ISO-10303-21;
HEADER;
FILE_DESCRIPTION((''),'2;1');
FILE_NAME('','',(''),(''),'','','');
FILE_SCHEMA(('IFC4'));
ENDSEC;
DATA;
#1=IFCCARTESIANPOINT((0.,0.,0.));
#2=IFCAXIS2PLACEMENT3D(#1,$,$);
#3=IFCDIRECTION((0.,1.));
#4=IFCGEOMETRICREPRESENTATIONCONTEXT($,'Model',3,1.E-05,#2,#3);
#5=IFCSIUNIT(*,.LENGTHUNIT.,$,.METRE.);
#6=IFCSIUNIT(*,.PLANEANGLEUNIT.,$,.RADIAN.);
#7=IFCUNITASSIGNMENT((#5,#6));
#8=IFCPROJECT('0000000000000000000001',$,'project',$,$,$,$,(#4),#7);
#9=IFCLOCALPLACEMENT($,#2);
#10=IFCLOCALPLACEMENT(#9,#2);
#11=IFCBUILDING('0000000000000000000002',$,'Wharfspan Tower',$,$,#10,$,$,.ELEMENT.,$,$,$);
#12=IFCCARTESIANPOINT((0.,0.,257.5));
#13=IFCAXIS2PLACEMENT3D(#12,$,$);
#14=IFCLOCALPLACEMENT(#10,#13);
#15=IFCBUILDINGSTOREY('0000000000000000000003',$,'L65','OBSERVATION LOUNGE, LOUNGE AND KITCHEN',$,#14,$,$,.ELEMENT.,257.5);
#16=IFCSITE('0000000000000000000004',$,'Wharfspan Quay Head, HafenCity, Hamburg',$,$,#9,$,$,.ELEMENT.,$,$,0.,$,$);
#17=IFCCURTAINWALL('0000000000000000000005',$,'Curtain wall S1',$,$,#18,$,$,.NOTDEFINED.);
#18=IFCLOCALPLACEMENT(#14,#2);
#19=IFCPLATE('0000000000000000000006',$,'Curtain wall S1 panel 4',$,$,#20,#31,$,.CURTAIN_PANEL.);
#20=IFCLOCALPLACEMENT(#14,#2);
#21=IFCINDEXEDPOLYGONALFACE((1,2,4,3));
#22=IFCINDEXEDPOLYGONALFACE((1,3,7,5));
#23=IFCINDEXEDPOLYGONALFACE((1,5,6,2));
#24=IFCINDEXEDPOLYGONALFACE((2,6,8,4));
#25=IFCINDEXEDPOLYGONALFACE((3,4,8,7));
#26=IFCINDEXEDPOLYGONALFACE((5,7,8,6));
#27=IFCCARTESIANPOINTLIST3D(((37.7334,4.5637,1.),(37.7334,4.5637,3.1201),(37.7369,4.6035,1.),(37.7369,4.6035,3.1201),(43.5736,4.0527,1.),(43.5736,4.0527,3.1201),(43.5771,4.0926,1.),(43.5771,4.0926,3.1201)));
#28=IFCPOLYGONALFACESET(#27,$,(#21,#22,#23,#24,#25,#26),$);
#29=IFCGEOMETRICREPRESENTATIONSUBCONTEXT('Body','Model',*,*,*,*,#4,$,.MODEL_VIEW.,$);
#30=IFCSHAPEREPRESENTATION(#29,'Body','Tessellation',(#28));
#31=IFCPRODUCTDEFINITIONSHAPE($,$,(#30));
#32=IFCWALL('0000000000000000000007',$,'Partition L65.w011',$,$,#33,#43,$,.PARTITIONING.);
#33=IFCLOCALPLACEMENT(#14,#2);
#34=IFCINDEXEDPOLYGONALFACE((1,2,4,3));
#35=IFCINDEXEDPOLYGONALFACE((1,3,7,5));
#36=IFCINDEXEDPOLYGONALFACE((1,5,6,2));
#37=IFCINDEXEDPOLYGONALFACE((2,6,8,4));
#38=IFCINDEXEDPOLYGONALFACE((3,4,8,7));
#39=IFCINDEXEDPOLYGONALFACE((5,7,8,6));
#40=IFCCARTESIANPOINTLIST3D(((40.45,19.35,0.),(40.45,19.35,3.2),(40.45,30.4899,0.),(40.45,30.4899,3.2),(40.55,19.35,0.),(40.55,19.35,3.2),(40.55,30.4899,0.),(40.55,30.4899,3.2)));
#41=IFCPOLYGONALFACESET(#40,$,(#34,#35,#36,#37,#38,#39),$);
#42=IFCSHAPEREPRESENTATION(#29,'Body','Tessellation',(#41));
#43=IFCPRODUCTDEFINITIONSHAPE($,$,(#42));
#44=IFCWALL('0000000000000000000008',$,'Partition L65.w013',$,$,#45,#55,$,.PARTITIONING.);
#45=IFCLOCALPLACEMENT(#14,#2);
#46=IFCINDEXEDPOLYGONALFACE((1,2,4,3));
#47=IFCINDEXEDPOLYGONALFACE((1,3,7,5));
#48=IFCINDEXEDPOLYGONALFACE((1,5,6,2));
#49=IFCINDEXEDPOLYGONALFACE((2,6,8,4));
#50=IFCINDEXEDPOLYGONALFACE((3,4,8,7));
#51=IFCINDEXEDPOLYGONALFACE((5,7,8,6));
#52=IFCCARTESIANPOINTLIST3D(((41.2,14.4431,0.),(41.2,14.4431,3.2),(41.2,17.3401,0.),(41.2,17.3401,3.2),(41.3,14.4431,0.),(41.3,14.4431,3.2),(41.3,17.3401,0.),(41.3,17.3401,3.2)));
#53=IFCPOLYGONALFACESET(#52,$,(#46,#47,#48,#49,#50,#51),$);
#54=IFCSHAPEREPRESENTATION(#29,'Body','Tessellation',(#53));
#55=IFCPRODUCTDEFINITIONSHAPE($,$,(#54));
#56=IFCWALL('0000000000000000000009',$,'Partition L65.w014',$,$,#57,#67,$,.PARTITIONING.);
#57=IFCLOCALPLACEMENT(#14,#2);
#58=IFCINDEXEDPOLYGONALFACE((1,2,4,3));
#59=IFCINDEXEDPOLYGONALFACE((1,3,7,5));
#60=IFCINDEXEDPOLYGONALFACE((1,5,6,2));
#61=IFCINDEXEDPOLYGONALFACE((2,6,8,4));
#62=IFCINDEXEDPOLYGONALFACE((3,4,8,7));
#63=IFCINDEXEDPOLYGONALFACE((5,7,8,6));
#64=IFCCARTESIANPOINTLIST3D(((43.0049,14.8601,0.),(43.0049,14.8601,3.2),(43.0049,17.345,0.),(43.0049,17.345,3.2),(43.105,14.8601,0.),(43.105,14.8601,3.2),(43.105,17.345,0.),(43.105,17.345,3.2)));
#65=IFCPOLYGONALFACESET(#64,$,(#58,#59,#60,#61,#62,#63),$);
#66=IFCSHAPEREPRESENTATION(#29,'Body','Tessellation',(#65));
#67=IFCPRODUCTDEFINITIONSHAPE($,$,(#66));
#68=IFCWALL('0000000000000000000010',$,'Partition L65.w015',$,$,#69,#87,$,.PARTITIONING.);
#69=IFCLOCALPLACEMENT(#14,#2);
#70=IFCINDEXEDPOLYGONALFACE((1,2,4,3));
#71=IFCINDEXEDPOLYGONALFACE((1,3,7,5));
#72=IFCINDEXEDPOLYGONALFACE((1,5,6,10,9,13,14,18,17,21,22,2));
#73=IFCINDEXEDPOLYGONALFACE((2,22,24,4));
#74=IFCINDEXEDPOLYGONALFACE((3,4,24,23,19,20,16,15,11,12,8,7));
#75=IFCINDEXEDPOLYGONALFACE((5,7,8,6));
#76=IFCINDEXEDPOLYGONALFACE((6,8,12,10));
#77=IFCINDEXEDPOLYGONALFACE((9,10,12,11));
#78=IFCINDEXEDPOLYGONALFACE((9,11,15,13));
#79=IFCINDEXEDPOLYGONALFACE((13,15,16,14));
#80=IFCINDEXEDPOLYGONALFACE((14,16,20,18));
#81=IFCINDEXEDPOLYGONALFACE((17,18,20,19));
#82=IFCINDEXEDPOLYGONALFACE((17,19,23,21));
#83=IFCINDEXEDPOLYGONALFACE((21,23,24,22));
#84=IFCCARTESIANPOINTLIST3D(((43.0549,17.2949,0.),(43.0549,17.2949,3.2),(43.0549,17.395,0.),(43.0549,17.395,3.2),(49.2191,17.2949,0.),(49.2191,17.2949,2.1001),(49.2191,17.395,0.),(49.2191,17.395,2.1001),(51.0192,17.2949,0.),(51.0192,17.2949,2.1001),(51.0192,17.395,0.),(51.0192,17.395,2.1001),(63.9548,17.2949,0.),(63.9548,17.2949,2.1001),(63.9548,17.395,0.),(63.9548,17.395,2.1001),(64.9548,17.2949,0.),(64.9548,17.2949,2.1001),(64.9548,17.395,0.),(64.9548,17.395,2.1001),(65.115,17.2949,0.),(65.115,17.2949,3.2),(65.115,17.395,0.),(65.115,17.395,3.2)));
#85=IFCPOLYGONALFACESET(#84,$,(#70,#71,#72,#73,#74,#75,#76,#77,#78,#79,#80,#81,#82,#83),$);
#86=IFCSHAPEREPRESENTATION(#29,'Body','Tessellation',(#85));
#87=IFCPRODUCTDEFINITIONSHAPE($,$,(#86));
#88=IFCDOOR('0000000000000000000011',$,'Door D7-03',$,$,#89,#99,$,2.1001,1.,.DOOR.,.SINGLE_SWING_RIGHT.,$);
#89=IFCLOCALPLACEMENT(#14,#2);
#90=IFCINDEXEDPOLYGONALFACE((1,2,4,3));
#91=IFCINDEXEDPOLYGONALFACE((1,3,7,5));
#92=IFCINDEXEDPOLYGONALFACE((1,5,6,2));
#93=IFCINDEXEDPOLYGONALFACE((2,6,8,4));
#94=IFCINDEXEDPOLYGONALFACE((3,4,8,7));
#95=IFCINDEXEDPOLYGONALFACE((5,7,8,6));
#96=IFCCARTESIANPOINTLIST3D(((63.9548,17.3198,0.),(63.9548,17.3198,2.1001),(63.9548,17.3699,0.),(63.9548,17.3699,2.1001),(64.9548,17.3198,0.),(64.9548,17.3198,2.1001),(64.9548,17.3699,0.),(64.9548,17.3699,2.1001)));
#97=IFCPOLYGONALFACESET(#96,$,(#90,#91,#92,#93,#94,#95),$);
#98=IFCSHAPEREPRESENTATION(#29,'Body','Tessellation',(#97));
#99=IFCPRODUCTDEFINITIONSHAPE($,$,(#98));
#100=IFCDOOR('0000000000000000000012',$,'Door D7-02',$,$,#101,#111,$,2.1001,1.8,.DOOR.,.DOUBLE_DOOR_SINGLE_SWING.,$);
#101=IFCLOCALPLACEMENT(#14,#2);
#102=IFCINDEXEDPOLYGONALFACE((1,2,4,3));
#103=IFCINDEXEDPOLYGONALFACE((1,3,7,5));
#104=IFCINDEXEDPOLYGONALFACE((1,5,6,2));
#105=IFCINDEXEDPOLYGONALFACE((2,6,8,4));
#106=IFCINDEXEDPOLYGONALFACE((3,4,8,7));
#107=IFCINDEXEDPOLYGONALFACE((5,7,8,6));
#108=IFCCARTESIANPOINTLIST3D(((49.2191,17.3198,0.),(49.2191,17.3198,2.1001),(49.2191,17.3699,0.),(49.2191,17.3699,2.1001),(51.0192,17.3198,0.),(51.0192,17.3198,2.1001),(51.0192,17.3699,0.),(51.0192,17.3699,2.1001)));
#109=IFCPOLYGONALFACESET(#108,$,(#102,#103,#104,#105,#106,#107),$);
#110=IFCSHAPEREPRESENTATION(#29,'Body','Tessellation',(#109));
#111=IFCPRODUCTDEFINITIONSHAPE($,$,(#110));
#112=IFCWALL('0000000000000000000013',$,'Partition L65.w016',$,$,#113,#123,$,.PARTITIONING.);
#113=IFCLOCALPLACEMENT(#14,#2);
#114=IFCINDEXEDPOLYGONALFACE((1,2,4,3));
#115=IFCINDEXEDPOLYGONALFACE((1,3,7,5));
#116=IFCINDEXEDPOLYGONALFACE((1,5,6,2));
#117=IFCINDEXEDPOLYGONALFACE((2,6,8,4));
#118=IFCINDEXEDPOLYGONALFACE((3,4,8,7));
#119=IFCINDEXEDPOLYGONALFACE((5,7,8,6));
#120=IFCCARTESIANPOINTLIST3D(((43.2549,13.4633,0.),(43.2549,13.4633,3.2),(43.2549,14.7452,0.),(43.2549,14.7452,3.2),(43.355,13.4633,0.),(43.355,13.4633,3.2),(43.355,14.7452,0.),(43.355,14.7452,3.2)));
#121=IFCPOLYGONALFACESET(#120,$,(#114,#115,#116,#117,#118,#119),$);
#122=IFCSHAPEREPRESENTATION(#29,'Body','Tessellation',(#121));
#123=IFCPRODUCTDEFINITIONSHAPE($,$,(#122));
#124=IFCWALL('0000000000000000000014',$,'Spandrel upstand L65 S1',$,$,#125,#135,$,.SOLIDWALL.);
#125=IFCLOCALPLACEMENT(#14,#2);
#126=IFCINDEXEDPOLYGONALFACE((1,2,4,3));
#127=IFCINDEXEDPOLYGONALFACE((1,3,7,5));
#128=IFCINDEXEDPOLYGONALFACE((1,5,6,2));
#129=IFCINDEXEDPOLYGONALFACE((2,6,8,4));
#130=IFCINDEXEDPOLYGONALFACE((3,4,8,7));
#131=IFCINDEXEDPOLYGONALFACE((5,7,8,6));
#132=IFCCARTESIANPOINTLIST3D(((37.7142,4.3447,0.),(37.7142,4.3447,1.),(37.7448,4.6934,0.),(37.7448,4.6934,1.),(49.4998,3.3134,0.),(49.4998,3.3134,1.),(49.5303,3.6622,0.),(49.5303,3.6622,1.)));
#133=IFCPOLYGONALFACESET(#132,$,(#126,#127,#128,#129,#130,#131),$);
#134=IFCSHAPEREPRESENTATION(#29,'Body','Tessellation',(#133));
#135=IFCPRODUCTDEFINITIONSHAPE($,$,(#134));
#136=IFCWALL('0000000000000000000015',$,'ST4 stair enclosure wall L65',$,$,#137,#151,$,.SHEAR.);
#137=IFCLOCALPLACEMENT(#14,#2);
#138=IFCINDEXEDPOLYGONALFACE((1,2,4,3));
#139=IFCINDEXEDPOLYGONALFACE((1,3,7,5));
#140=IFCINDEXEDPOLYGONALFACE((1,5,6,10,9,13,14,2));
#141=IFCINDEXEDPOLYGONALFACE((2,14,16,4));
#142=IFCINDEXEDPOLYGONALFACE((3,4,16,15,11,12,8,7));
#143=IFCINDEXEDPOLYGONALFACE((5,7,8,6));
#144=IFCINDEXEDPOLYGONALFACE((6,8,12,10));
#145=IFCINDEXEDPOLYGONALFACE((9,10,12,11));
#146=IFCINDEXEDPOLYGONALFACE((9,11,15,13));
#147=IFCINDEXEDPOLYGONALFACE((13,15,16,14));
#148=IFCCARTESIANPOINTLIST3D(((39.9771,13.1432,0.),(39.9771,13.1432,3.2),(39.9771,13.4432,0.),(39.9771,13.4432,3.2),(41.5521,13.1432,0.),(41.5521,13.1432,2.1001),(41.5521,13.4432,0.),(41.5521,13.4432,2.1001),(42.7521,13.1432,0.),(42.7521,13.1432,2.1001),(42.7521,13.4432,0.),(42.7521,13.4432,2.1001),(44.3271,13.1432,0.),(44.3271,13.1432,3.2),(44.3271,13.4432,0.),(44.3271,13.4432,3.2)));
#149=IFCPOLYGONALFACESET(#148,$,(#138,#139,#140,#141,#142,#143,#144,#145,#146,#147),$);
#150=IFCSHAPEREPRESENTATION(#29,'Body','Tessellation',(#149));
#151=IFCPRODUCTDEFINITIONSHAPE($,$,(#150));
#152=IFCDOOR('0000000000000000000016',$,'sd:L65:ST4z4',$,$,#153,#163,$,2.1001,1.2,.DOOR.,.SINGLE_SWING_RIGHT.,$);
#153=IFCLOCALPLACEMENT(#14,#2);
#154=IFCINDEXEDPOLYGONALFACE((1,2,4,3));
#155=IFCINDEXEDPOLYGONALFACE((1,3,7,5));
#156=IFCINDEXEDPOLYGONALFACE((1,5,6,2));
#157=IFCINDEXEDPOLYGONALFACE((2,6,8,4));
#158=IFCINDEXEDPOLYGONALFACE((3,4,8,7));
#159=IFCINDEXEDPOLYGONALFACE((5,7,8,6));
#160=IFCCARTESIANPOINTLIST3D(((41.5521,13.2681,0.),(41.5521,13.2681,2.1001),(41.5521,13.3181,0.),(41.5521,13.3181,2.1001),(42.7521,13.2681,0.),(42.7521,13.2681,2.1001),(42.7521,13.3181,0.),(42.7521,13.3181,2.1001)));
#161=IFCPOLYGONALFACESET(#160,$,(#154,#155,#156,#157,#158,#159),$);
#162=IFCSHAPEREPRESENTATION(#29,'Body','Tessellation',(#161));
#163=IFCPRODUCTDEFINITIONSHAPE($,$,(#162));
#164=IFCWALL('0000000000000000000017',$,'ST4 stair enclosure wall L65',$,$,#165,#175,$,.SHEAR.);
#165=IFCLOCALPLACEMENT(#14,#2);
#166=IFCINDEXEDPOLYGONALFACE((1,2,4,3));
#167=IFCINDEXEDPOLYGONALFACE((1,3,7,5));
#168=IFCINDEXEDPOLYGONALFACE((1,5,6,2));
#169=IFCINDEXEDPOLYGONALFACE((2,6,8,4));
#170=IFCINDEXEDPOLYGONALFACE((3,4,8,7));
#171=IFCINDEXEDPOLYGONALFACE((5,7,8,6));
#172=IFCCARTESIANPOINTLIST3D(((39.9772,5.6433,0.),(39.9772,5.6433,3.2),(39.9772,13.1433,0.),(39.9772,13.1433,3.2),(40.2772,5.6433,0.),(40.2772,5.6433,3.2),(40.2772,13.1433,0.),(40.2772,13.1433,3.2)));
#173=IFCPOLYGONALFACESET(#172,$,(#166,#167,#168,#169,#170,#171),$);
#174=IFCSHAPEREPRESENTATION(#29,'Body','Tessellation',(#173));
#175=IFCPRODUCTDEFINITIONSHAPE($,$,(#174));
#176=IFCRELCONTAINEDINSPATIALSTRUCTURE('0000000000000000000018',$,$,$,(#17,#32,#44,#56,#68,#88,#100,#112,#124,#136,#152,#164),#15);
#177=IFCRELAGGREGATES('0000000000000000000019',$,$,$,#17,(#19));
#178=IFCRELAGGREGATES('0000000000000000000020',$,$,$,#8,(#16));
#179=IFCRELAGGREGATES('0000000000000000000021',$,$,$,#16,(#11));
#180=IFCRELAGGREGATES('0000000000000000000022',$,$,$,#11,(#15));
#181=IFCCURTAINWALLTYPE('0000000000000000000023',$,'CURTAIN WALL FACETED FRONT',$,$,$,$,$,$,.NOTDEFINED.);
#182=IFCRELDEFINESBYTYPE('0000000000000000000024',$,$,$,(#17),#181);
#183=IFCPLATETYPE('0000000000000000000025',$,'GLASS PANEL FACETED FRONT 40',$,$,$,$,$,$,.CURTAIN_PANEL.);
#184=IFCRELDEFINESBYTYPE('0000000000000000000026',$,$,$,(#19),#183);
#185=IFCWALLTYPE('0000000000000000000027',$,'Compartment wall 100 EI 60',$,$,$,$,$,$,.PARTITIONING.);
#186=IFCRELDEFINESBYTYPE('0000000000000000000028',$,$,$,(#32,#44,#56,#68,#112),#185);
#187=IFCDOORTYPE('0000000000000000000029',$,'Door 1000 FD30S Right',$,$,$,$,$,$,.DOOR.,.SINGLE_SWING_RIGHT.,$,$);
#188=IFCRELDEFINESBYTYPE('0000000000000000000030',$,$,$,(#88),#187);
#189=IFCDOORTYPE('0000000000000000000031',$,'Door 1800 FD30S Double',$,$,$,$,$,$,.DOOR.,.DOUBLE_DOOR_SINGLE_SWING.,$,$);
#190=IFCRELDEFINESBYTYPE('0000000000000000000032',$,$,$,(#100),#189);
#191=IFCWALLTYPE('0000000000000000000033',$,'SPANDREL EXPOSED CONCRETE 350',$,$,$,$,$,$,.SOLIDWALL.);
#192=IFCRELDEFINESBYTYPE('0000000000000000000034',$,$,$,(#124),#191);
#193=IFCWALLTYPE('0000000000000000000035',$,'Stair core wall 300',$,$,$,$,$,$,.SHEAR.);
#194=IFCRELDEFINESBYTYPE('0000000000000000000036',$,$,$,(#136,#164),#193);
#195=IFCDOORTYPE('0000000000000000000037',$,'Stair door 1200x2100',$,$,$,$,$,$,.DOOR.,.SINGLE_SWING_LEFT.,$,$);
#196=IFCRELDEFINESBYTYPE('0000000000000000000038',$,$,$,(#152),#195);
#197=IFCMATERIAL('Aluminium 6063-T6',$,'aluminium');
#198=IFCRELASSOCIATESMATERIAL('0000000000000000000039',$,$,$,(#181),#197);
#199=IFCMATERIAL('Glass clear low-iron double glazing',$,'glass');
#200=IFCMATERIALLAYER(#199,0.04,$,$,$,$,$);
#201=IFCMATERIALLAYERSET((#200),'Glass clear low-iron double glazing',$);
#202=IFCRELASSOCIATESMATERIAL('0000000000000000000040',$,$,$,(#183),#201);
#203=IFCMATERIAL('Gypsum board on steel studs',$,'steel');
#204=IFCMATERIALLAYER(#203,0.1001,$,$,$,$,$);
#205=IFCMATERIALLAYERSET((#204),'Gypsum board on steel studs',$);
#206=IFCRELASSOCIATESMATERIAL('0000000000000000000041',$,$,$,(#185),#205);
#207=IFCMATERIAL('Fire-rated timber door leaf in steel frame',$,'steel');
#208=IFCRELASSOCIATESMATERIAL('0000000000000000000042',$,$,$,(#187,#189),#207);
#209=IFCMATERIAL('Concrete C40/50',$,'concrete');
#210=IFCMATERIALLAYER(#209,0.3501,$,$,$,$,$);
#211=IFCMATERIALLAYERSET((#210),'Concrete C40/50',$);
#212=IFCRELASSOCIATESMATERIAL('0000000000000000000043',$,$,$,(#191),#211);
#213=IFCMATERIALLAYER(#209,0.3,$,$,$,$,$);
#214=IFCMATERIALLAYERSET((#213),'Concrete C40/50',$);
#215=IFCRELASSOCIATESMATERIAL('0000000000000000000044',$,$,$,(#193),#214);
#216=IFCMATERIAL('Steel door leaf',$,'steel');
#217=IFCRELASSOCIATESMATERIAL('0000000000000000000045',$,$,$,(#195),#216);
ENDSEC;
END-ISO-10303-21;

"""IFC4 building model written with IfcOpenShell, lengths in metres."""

from ifc_helpers import new_model, si_unit, direction, frame, frame_2d, origin, origin_2d, place, context, subcontext, project, spatial, rectangle, extrude, material, layer, layer_set, type_object, element, fill, aggregate, save


model = new_model("IFC4")

# Units and contexts
model_context = context("Model", 3, precision=1e-05, world=origin(), true_north=direction((0.0, 1.0)))
body_context = subcontext(model_context, "Body", "Model", "MODEL_VIEW")
ifc_project = project(units=[si_unit("LENGTHUNIT", "METRE"), si_unit("PLANEANGLEUNIT", "RADIAN")], contexts=[model_context])

# Site, building, storey
site_placement = place(None, origin())
site = spatial("IfcSite", under=ifc_project, at=site_placement, Name="Wharfspan Quay Head, HafenCity, Hamburg", CompositionType="ELEMENT", RefElevation=0.0)
building_placement = place(site_placement, origin())
building = spatial("IfcBuilding", under=site, at=building_placement, Name="Wharfspan Tower", CompositionType="ELEMENT")
storey_placement = place(building_placement, frame((0.0, 0.0, 257.5)))
storey = spatial("IfcBuildingStorey", under=building, at=storey_placement, Name="L65", Description="OBSERVATION LOUNGE, LOUNGE AND KITCHEN", CompositionType="ELEMENT", Elevation=257.5)

# Curtain wall, plate
ifc_material_1 = material(Name="Aluminium 6063-T6", Category="aluminium")
curtain_wall_type = type_object("IfcCurtainWallType", Name="CURTAIN WALL FACETED FRONT", PredefinedType="NOTDEFINED", material=ifc_material_1)
curtain_wall_placement = place(storey_placement, origin())
curtain_wall = element("IfcCurtainWall", 1, at=curtain_wall_placement, inside=storey, type_object=curtain_wall_type, Name="Curtain wall S1", PredefinedType="NOTDEFINED")
ifc_material_2 = material(Name="Glass clear low-iron double glazing", Category="glass")
ifc_layer_1 = layer(ifc_material_2, 0.04)
ifc_layer_set_1 = layer_set([ifc_layer_1], Name="Glass clear low-iron double glazing")
plate_type = type_object("IfcPlateType", Name="GLASS PANEL FACETED FRONT 40", PredefinedType="CURTAIN_PANEL", material=ifc_layer_set_1)
plate_placement = place(storey_placement, frame((40.6553, 4.3281, 1.0), z_axis=(0.0, 0.0, 1.0), x_axis=(0.996197, -0.087156, 0.0)))
plate = element("IfcPlate", 2, at=plate_placement, type_object=plate_type, Name="Curtain wall S1 panel 4", PredefinedType="CURTAIN_PANEL", context=body_context, shape_type="SweptSolid", body=[
    extrude(rectangle(XDim=5.8625, YDim=0.04, at=origin_2d()), origin(), (0.0, 0.0, 1.0), 2.1201),
])
aggregate(curtain_wall, [plate])

# Walls
ifc_material_3 = material(Name="Gypsum board on steel studs", Category="steel")
ifc_layer_2 = layer(ifc_material_3, 0.1001)
ifc_layer_set_2 = layer_set([ifc_layer_2], Name="Gypsum board on steel studs")
wall_type_1 = type_object("IfcWallType", Name="Compartment wall 100 EI 60", PredefinedType="PARTITIONING", material=ifc_layer_set_2)
wall_1_placement = place(storey_placement, frame((40.5, 19.3501, 0.0), z_axis=(0.0, 0.0, 1.0), x_axis=(0.0, 1.0, 0.0)))
element("IfcWall", 3, at=wall_1_placement, inside=storey, type_object=wall_type_1, Name="Partition L65.w011", PredefinedType="PARTITIONING", context=body_context, shape_type="SweptSolid", body=[
    extrude(rectangle(XDim=11.1399, YDim=0.1001, at=frame_2d((5.5698, 0.0))), origin(), (0.0, 0.0, 1.0), 3.2),
])
wall_2_placement = place(storey_placement, frame((41.25, 14.4431, 0.0), z_axis=(0.0, 0.0, 1.0), x_axis=(0.0, 1.0, 0.0)))
element("IfcWall", 4, at=wall_2_placement, inside=storey, type_object=wall_type_1, Name="Partition L65.w013", PredefinedType="PARTITIONING", context=body_context, shape_type="SweptSolid", body=[
    extrude(rectangle(XDim=2.897, YDim=0.1001, at=frame_2d((1.4485, 0.0))), origin(), (0.0, 0.0, 1.0), 3.2),
])
wall_3_placement = place(storey_placement, frame((43.0549, 14.8601, 0.0), z_axis=(0.0, 0.0, 1.0), x_axis=(0.0, 1.0, 0.0)))
element("IfcWall", 5, at=wall_3_placement, inside=storey, type_object=wall_type_1, Name="Partition L65.w014", PredefinedType="PARTITIONING", context=body_context, shape_type="SweptSolid", body=[
    extrude(rectangle(XDim=2.4849, YDim=0.1001, at=frame_2d((1.2424, 0.0))), origin(), (0.0, 0.0, 1.0), 3.2),
])

# Wall, openings, doors
wall_4_placement = place(storey_placement, frame((43.0549, 17.345, 0.0), z_axis=(0.0, 0.0, 1.0), x_axis=(1.0, 0.0, 0.0)))
wall_4 = element("IfcWall", 6, at=wall_4_placement, inside=storey, type_object=wall_type_1, Name="Partition L65.w015", PredefinedType="PARTITIONING", context=body_context, shape_type="SweptSolid", body=[
    extrude(rectangle(XDim=22.0601, YDim=0.1001, at=frame_2d((11.03, 0.0))), origin(), (0.0, 0.0, 1.0), 3.2),
])
opening_1_placement = place(wall_4_placement, frame((6.1643, 0.0, 0.0)))
opening_1 = element("IfcOpeningElement", 7, at=opening_1_placement, cuts=wall_4, PredefinedType="OPENING", context=body_context, shape_type="SweptSolid", body=[
    extrude(rectangle(XDim=1.8, YDim=2.1001, at=frame_2d((0.8999, 1.05))), frame((0.0, 0.0601, 0.0), z_axis=(0.0, -1.0, 0.0), x_axis=(1.0, 0.0, 0.0)), (0.0, 0.0, 1.0), 0.1201),
])
opening_2_placement = place(wall_4_placement, frame((20.8999, 0.0, 0.0)))
opening_2 = element("IfcOpeningElement", 8, at=opening_2_placement, cuts=wall_4, PredefinedType="OPENING", context=body_context, shape_type="SweptSolid", body=[
    extrude(rectangle(XDim=1.0, YDim=2.1001, at=frame_2d((0.5, 1.05))), frame((0.0, 0.0601, 0.0), z_axis=(0.0, -1.0, 0.0), x_axis=(1.0, 0.0, 0.0)), (0.0, 0.0, 1.0), 0.1201),
])
ifc_material_4 = material(Name="Fire-rated timber door leaf in steel frame", Category="steel")
door_type_1 = type_object("IfcDoorType", Name="Door 1000 FD30S Right", OperationType="SINGLE_SWING_RIGHT", PredefinedType="DOOR", material=ifc_material_4)
door_1_placement = place(opening_2_placement, origin())
door_1 = element("IfcDoor", 9, at=door_1_placement, inside=storey, type_object=door_type_1, Name="Door D7-03", OperationType="SINGLE_SWING_RIGHT", OverallHeight=2.1001, OverallWidth=1.0, PredefinedType="DOOR", context=body_context, shape_type="SweptSolid", body=[
    extrude(rectangle(XDim=1.0, YDim=2.1001, at=frame_2d((0.5, 1.05))), frame((0.0, 0.0249, 0.0), z_axis=(0.0, -1.0, 0.0), x_axis=(1.0, 0.0, 0.0)), (0.0, 0.0, 1.0), 0.05),
])
fill(opening_2, door_1)
door_type_2 = type_object("IfcDoorType", Name="Door 1800 FD30S Double", OperationType="DOUBLE_DOOR_SINGLE_SWING", PredefinedType="DOOR", material=ifc_material_4)
door_2_placement = place(opening_1_placement, origin())
door_2 = element("IfcDoor", 10, at=door_2_placement, inside=storey, type_object=door_type_2, Name="Door D7-02", OperationType="DOUBLE_DOOR_SINGLE_SWING", OverallHeight=2.1001, OverallWidth=1.8, PredefinedType="DOOR", context=body_context, shape_type="SweptSolid", body=[
    extrude(rectangle(XDim=1.8, YDim=2.1001, at=frame_2d((0.8999, 1.05))), frame((0.0, 0.0249, 0.0), z_axis=(0.0, -1.0, 0.0), x_axis=(1.0, 0.0, 0.0)), (0.0, 0.0, 1.0), 0.05),
])
fill(opening_1, door_2)

# Walls
wall_5_placement = place(storey_placement, frame((43.3049, 13.4631, 0.0), z_axis=(0.0, 0.0, 1.0), x_axis=(0.0, 1.0, 0.0)))
element("IfcWall", 11, at=wall_5_placement, inside=storey, type_object=wall_type_1, Name="Partition L65.w016", PredefinedType="PARTITIONING", context=body_context, shape_type="SweptSolid", body=[
    extrude(rectangle(XDim=1.282, YDim=0.1001, at=frame_2d((0.6411, 0.0))), origin(), (0.0, 0.0, 1.0), 3.2),
])
ifc_material_5 = material(Name="Concrete C40/50", Category="concrete")
ifc_layer_3 = layer(ifc_material_5, 0.3501)
ifc_layer_set_3 = layer_set([ifc_layer_3], Name="Concrete C40/50")
wall_type_2 = type_object("IfcWallType", Name="SPANDREL EXPOSED CONCRETE 350", PredefinedType="SOLIDWALL", material=ifc_layer_set_3)
wall_6_placement = place(storey_placement, frame((37.7295, 4.519, 0.0), z_axis=(0.0, 0.0, 1.0), x_axis=(0.99619, -0.087167, 0.0)))
element("IfcWall", 12, at=wall_6_placement, inside=storey, type_object=wall_type_2, Name="Spandrel upstand L65 S1", PredefinedType="SOLIDWALL", context=body_context, shape_type="SweptSolid", body=[
    extrude(rectangle(XDim=11.8306, YDim=0.3501, at=frame_2d((5.9153, 0.0))), origin(), (0.0, 0.0, 1.0), 1.0),
])

# Wall, opening, door
ifc_layer_4 = layer(ifc_material_5, 0.3)
ifc_layer_set_4 = layer_set([ifc_layer_4], Name="Concrete C40/50")
wall_type_3 = type_object("IfcWallType", Name="Stair core wall 300", PredefinedType="SHEAR", material=ifc_layer_set_4)
wall_7_placement = place(storey_placement, frame((39.9771, 13.2932, 0.0), z_axis=(0.0, 0.0, 1.0), x_axis=(1.0, 0.0, 0.0)))
wall_7 = element("IfcWall", 13, at=wall_7_placement, inside=storey, type_object=wall_type_3, Name="ST4 stair enclosure wall L65", PredefinedType="SHEAR", context=body_context, shape_type="SweptSolid", body=[
    extrude(rectangle(XDim=4.3501, YDim=0.3, at=frame_2d((2.175, 0.0))), origin(), (0.0, 0.0, 1.0), 3.2),
])
opening_3_placement = place(wall_7_placement, frame((1.575, 0.0, 0.0)))
opening_3 = element("IfcOpeningElement", 14, at=opening_3_placement, cuts=wall_7, PredefinedType="OPENING", context=body_context, shape_type="SweptSolid", body=[
    extrude(rectangle(XDim=1.2, YDim=2.1001, at=frame_2d((0.6001, 1.05))), frame((0.0, 0.1599, 0.0), z_axis=(0.0, -1.0, 0.0), x_axis=(1.0, 0.0, 0.0)), (0.0, 0.0, 1.0), 0.3201),
])
ifc_material_6 = material(Name="Steel door leaf", Category="steel")
door_type_3 = type_object("IfcDoorType", Name="Stair door 1200x2100", OperationType="SINGLE_SWING_LEFT", PredefinedType="DOOR", material=ifc_material_6)
door_3_placement = place(opening_3_placement, origin())
door_3 = element("IfcDoor", 15, at=door_3_placement, inside=storey, type_object=door_type_3, Name="sd:L65:ST4z4", OperationType="SINGLE_SWING_RIGHT", OverallHeight=2.1001, OverallWidth=1.2, PredefinedType="DOOR", context=body_context, shape_type="SweptSolid", body=[
    extrude(rectangle(XDim=1.2, YDim=2.1001, at=frame_2d((0.6001, 1.05))), frame((0.0, 0.0249, 0.0), z_axis=(0.0, -1.0, 0.0), x_axis=(1.0, 0.0, 0.0)), (0.0, 0.0, 1.0), 0.05),
])
fill(opening_3, door_3)

# Wall
wall_8_placement = place(storey_placement, frame((40.1272, 5.6433, 0.0), z_axis=(0.0, 0.0, 1.0), x_axis=(0.0, 1.0, 0.0)))
element("IfcWall", 16, at=wall_8_placement, inside=storey, type_object=wall_type_3, Name="ST4 stair enclosure wall L65", PredefinedType="SHEAR", context=body_context, shape_type="SweptSolid", body=[
    extrude(rectangle(XDim=7.5, YDim=0.3, at=frame_2d((3.75, 0.0))), origin(), (0.0, 0.0, 1.0), 3.2),
])

save(model, "model.ifc")
